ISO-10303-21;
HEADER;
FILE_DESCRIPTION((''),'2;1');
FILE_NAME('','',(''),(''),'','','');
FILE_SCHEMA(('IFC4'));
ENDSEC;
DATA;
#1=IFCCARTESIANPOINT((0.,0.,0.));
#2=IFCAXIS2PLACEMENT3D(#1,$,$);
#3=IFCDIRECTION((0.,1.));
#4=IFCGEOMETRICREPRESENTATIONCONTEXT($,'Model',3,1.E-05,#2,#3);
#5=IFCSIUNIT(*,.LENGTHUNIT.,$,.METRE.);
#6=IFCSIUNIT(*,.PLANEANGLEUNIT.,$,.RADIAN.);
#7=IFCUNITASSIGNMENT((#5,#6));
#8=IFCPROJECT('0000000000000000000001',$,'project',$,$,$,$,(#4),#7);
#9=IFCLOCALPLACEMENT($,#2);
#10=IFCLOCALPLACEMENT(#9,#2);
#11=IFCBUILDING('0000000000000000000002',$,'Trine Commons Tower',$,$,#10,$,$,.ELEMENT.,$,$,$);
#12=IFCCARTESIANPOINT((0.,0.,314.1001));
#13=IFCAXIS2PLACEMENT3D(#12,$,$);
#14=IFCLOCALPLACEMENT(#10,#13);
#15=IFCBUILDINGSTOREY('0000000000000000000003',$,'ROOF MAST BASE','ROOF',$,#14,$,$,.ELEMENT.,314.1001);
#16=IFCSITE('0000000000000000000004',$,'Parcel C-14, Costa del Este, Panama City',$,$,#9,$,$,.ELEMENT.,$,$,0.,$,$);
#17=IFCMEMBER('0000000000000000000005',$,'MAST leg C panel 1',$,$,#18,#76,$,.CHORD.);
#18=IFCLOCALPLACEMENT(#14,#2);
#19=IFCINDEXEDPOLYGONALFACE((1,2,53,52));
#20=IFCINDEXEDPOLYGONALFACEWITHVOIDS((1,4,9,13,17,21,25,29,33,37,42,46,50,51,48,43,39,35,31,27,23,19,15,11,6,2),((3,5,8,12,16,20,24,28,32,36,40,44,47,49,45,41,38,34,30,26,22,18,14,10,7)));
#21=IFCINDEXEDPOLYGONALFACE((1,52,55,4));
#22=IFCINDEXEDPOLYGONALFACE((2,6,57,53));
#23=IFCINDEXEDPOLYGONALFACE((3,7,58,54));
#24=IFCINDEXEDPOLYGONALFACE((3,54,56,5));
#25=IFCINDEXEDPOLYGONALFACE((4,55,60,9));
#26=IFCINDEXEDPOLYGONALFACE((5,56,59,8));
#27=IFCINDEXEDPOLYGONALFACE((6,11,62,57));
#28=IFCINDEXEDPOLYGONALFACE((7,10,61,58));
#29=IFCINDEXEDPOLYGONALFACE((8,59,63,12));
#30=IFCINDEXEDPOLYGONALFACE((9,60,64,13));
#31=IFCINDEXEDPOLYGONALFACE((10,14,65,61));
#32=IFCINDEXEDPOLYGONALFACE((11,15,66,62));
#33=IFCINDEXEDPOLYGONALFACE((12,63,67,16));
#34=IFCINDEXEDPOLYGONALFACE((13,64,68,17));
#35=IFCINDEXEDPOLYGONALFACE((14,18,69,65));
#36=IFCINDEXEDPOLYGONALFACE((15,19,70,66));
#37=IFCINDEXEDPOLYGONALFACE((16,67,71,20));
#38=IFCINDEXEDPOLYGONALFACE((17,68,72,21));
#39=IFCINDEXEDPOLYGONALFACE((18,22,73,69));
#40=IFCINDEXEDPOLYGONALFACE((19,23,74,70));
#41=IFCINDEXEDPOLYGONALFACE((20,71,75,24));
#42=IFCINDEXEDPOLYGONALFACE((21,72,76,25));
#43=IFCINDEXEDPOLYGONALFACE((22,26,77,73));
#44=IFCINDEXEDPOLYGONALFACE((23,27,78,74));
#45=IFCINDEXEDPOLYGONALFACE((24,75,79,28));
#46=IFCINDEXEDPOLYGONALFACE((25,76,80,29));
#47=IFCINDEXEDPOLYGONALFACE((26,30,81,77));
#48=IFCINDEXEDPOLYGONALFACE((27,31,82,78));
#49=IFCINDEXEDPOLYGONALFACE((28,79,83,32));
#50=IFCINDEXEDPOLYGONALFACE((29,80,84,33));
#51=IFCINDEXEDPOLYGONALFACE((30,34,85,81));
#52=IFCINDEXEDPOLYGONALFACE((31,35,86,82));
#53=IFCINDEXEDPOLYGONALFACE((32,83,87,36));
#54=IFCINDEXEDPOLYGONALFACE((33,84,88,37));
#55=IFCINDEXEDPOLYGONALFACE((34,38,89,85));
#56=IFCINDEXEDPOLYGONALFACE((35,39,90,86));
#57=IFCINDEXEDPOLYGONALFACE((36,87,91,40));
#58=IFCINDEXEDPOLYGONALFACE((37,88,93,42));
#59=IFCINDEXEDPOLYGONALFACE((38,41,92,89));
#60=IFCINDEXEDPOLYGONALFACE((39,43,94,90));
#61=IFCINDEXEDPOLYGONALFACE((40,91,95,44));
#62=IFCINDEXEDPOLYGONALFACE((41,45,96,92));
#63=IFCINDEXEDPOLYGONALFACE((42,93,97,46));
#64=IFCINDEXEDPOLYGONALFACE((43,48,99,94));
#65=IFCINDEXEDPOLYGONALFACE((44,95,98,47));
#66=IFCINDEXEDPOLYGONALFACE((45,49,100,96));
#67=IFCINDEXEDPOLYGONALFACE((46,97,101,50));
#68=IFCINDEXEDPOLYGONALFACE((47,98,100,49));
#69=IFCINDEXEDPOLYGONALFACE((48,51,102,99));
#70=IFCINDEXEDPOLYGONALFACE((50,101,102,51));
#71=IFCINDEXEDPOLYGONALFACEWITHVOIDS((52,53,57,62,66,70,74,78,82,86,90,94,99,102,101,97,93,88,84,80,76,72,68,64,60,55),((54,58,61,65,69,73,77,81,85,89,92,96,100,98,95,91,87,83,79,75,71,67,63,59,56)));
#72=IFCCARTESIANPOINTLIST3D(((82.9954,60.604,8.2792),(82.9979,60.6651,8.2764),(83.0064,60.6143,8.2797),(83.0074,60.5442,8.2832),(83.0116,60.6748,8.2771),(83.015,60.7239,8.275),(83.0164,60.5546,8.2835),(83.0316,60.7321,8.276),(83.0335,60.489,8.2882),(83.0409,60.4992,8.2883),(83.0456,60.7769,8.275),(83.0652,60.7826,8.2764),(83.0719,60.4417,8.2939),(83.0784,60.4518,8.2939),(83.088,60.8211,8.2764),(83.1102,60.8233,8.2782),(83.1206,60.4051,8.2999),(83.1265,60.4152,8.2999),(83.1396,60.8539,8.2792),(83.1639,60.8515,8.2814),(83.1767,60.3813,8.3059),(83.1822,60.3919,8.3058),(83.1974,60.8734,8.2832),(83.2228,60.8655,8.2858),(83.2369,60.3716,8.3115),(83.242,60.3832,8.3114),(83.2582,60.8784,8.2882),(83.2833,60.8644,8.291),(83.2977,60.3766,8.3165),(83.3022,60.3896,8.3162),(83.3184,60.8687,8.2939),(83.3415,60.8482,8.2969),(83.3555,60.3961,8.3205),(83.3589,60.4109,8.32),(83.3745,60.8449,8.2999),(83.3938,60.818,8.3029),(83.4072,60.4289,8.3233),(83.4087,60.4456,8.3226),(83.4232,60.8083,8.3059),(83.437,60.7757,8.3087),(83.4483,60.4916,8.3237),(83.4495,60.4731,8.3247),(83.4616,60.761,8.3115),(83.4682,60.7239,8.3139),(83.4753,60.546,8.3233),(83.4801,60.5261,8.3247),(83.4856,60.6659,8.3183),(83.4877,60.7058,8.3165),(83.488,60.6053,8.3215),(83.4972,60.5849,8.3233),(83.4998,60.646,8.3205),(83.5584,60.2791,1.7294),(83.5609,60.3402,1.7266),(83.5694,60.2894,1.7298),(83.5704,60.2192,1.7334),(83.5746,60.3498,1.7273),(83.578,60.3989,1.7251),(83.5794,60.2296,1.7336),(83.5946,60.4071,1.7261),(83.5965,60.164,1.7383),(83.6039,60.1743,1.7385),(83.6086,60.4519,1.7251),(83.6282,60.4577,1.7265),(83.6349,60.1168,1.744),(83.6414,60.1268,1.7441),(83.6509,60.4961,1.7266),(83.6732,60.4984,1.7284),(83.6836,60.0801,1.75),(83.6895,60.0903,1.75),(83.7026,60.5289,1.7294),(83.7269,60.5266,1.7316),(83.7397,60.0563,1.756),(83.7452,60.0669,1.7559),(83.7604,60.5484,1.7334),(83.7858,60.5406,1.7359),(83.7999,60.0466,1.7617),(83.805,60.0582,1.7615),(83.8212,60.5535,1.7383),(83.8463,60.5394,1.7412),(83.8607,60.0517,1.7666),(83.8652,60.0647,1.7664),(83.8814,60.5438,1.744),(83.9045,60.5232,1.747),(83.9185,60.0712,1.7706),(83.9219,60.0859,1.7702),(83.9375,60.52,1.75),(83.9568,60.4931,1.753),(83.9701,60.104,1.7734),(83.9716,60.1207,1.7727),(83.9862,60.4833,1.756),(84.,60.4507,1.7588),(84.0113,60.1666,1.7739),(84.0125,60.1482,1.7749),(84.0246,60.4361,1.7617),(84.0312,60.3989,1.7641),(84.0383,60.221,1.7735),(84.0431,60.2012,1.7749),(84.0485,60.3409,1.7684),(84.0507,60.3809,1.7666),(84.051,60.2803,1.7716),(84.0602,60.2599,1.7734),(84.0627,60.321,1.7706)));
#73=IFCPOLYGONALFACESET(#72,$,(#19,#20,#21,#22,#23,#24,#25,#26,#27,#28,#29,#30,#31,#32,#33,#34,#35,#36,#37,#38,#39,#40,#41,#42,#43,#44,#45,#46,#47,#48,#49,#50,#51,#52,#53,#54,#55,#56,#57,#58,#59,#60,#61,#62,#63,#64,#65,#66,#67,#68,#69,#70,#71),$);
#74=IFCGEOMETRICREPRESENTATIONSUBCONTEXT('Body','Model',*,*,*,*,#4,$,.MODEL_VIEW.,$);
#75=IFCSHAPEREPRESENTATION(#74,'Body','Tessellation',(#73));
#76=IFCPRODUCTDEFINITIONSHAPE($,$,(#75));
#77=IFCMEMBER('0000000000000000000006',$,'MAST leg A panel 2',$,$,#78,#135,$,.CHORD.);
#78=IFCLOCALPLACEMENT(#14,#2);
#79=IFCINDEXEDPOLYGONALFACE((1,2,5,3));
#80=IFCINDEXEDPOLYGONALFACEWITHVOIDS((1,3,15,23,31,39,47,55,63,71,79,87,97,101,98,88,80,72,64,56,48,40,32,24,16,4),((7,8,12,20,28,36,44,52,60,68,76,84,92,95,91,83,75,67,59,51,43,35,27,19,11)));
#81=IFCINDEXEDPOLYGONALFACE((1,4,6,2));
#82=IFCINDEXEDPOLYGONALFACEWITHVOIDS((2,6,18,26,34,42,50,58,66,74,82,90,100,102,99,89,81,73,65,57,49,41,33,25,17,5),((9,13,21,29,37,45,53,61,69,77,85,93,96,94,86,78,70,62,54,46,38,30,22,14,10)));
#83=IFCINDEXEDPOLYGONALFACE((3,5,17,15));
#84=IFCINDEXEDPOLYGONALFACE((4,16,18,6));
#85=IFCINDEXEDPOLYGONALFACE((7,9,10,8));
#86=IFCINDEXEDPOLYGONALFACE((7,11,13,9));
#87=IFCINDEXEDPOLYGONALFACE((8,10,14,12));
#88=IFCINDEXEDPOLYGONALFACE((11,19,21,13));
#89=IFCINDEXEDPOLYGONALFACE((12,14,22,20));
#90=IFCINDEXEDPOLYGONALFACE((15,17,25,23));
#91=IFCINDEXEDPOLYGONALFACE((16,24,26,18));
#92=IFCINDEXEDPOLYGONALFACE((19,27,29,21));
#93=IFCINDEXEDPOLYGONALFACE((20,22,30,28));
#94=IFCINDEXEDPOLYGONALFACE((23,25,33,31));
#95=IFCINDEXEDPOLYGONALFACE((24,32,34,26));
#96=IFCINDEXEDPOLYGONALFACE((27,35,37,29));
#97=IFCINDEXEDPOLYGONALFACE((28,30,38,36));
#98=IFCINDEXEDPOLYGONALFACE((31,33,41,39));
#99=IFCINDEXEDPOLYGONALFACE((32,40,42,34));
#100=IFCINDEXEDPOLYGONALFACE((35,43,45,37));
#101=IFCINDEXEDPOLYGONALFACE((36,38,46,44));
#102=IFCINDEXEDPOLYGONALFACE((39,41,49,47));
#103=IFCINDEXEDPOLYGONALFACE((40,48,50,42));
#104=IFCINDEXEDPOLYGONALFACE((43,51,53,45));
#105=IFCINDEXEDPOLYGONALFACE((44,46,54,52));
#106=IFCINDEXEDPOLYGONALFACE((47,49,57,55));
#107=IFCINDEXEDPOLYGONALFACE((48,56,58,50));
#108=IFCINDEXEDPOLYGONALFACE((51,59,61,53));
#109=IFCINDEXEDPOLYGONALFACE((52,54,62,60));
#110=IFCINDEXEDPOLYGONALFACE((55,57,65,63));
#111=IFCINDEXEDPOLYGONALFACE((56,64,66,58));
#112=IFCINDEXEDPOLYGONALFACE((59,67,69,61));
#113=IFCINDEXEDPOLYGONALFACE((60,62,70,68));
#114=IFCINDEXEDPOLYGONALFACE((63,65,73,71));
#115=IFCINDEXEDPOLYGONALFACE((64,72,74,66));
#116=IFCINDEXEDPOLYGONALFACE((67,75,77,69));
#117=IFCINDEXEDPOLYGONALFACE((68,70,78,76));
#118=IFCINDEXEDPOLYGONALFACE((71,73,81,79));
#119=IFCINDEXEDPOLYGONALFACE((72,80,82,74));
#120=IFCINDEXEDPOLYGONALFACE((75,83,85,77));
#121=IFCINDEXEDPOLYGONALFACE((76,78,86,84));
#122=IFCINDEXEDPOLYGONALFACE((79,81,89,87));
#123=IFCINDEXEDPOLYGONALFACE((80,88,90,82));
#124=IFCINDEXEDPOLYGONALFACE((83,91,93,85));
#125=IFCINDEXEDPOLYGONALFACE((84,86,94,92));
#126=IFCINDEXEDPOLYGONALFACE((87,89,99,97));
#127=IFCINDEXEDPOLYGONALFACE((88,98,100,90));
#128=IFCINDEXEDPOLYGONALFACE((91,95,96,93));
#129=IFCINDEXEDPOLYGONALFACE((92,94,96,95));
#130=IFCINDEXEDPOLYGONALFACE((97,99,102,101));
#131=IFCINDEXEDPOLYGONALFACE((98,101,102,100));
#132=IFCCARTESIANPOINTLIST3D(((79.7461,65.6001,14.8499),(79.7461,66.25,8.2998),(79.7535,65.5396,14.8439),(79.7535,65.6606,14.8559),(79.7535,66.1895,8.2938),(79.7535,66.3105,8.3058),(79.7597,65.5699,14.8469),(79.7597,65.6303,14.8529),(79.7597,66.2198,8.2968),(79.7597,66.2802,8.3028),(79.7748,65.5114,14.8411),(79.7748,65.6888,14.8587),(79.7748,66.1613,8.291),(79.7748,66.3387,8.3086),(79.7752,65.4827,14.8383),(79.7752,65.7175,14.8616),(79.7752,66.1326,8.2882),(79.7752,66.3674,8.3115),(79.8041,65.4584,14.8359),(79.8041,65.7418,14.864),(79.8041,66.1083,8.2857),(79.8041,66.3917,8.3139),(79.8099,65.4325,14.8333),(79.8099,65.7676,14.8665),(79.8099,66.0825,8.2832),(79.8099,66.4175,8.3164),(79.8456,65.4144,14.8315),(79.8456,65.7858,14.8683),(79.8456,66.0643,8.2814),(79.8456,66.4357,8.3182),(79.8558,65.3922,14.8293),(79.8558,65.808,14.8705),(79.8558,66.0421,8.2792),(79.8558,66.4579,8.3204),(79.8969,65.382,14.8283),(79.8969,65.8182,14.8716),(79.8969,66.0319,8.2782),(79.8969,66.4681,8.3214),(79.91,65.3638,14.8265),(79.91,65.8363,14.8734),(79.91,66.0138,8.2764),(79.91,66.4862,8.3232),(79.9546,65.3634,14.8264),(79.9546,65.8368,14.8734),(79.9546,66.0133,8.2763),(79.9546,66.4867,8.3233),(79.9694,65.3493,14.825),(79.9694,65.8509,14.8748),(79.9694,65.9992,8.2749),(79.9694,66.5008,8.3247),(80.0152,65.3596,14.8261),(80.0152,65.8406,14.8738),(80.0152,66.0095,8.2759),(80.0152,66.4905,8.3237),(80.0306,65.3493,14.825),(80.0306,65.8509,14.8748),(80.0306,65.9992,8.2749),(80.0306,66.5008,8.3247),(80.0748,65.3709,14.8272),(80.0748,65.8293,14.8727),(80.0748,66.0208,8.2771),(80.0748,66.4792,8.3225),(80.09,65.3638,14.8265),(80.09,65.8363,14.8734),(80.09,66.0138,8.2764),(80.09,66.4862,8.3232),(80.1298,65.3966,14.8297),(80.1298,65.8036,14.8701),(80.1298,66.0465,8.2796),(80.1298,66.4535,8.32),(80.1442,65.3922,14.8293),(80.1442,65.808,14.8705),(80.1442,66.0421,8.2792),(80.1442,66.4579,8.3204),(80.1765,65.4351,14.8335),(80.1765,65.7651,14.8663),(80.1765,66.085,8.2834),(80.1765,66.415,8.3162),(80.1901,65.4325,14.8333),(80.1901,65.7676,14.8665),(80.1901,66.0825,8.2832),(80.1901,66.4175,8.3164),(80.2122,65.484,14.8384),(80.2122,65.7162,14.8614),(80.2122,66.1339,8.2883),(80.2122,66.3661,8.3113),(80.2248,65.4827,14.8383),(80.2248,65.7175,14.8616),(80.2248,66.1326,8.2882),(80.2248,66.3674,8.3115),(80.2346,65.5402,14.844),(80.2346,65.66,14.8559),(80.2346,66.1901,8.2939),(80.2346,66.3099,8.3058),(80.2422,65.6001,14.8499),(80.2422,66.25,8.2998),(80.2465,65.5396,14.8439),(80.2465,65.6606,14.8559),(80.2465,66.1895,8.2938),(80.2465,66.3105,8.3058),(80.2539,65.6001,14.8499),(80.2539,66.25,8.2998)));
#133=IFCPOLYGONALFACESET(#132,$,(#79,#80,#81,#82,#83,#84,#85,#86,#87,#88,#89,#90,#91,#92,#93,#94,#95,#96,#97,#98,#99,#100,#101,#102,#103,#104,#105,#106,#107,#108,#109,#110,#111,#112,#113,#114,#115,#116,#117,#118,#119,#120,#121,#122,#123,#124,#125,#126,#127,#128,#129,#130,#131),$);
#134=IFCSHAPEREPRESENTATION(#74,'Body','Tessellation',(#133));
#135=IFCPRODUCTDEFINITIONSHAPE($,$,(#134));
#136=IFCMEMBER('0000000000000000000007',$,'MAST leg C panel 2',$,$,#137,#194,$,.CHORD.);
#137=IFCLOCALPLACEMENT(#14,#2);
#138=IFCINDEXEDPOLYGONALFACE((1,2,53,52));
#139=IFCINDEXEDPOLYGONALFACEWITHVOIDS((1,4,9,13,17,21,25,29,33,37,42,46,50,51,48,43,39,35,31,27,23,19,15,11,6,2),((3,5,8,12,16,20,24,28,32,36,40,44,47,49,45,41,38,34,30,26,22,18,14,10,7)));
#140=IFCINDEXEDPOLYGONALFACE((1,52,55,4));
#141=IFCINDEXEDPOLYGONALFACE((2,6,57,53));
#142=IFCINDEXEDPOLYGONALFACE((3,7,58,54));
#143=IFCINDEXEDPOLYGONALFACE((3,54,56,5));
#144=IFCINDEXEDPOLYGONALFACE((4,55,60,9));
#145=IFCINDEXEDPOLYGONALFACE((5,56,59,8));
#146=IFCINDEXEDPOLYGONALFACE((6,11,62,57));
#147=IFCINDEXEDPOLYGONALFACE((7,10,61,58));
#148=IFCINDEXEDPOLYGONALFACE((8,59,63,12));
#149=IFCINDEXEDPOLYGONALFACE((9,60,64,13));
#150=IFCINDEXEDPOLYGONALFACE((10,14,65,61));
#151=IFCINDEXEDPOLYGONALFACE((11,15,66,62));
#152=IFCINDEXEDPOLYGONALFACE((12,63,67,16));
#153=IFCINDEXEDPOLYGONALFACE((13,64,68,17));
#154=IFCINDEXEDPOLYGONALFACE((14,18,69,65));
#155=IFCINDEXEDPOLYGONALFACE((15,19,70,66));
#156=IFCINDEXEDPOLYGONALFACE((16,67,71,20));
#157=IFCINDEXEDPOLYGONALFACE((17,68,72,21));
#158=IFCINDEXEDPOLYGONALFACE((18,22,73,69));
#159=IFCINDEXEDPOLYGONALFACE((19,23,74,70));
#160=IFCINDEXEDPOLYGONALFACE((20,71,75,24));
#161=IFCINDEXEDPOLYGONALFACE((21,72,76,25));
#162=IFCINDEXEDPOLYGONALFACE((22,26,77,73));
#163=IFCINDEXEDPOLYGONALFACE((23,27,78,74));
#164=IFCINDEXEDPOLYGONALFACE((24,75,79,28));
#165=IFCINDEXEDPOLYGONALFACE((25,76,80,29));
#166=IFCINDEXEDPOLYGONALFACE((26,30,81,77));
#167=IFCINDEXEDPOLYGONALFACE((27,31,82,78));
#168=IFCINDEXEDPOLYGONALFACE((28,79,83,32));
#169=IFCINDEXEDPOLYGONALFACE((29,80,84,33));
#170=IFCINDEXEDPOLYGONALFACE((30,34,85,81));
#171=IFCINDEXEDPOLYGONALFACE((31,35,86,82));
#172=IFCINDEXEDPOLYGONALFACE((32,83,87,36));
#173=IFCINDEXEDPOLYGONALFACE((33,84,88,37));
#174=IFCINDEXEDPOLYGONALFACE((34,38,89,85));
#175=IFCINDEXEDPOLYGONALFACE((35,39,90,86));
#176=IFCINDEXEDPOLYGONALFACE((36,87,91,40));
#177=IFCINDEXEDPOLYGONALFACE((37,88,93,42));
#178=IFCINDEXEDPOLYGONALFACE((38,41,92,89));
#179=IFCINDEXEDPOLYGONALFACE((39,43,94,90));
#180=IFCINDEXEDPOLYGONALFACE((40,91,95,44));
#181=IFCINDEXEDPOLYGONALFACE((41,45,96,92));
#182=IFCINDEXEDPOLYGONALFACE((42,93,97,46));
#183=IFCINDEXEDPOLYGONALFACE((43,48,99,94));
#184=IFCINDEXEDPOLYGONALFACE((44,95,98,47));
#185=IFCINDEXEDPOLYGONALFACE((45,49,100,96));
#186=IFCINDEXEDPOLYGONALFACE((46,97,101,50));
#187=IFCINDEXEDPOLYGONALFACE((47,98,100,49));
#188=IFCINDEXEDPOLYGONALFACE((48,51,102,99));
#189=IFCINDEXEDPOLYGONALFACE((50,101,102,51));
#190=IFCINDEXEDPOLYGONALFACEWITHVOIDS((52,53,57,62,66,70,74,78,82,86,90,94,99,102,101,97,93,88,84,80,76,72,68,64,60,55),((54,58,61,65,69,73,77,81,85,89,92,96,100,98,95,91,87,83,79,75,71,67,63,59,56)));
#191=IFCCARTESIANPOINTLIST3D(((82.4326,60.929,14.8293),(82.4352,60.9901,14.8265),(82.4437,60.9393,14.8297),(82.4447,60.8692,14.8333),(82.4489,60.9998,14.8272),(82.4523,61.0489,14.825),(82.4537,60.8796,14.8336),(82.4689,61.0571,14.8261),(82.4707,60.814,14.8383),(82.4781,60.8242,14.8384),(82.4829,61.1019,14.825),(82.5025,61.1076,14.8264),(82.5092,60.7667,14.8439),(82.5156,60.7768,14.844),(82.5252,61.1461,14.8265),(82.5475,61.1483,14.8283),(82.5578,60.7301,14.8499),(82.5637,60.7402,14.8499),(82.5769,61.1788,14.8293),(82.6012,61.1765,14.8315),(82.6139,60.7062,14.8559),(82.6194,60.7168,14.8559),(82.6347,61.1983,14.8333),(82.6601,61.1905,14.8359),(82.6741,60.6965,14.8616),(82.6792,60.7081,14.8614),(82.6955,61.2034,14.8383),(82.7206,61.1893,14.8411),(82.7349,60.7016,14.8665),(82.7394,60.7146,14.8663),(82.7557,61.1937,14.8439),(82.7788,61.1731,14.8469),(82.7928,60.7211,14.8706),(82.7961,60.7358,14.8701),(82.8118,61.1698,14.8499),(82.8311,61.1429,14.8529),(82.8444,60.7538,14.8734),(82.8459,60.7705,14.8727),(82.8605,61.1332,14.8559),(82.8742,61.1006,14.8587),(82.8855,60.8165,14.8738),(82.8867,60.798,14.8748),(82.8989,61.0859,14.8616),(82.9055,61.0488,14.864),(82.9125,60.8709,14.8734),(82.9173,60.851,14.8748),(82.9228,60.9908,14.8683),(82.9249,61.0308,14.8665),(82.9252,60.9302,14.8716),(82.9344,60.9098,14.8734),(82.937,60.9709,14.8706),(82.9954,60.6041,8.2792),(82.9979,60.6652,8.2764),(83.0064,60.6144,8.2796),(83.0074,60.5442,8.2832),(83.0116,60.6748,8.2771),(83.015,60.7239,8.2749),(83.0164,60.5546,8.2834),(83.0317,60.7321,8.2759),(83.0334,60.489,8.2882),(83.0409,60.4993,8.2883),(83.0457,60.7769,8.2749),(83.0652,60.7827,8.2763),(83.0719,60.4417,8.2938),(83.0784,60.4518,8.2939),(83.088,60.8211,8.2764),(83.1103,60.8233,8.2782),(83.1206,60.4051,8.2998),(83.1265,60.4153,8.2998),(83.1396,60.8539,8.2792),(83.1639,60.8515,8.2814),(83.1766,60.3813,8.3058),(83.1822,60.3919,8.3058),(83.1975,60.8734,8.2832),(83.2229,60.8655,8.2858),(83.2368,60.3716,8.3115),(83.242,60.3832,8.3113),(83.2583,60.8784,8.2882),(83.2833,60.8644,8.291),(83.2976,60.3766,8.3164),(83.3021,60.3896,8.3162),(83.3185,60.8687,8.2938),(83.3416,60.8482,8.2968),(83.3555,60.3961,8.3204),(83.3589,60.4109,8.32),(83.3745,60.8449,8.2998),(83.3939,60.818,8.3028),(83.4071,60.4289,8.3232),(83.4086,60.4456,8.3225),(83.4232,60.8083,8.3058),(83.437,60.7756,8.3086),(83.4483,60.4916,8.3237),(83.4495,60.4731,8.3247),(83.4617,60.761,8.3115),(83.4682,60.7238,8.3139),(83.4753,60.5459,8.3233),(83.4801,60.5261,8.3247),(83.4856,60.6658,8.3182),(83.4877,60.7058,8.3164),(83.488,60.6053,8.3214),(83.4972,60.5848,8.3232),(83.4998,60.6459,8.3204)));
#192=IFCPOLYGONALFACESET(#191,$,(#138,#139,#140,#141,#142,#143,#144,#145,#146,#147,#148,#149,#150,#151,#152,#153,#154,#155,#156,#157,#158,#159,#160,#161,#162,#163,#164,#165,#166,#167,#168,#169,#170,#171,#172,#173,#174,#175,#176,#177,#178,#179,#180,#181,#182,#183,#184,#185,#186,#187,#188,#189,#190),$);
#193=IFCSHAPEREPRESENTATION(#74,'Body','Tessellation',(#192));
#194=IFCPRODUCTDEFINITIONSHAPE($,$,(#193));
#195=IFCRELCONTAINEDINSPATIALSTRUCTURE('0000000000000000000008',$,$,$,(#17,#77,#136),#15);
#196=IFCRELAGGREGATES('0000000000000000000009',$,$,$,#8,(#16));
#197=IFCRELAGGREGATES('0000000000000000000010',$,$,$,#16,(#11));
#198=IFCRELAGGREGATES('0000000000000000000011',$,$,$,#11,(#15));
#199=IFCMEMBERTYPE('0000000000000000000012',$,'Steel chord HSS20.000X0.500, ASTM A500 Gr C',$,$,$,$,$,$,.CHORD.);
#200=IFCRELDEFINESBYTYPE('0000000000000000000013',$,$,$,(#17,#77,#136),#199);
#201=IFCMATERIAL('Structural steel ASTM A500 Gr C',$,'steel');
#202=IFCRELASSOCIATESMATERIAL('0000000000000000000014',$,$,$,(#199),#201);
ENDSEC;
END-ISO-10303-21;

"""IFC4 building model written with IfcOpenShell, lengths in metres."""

from ifc_helpers import new_model, si_unit, direction, frame, origin, origin_2d, place, context, subcontext, project, spatial, hollow_circle, extrude, material, material_profile, profile_set, type_object, element, save


model = new_model("IFC4")

# Units and contexts
model_context = context("Model", 3, precision=1e-05, world=origin(), true_north=direction((0.0, 1.0)))
body_context = subcontext(model_context, "Body", "Model", "MODEL_VIEW")
ifc_project = project(units=[si_unit("LENGTHUNIT", "METRE"), si_unit("PLANEANGLEUNIT", "RADIAN")], contexts=[model_context])

# Site, building, storey
site_placement = place(None, origin())
site = spatial("IfcSite", under=ifc_project, at=site_placement, Name="Parcel C-14, Costa del Este, Panama City", CompositionType="ELEMENT", RefElevation=0.0)
building_placement = place(site_placement, origin())
building = spatial("IfcBuilding", under=site, at=building_placement, Name="Trine Commons Tower", CompositionType="ELEMENT")
storey_placement = place(building_placement, frame((0.0, 0.0, 314.1001)))
storey = spatial("IfcBuildingStorey", under=building, at=storey_placement, Name="ROOF MAST BASE", Description="ROOF", CompositionType="ELEMENT", Elevation=314.1001)

# Members
ifc_material_1 = material(Name="Structural steel ASTM A500 Gr C", Category="steel")
ifc_material_profile_1 = material_profile(ifc_material_1, hollow_circle(Radius=0.2539, WallThickness=0.0117, at=origin_2d()), Name="HSS20.000X0.500")
ifc_profile_set_1 = profile_set([ifc_material_profile_1], Name="Structural steel ASTM A500 Gr C")
member_type_1 = type_object("IfcMemberType", Name="Steel chord HSS20.000X0.500, ASTM A500 Gr C", PredefinedType="CHORD", material=ifc_profile_set_1)
for number, where, z_axis, x_axis, name in (
    (1, (83.8105, 60.3, 1.75), (-0.085535, 0.04937, 0.995111), (-0.499896, -0.866086, 0.0), "MAST leg C panel 1"),
):
    element("IfcMember", number, at=place(storey_placement, frame(where, z_axis=z_axis, x_axis=x_axis)), inside=storey, type_object=member_type_1, Name=name, PredefinedType="CHORD", context=body_context, shape_type="SweptSolid", body=[
        extrude(hollow_circle(Radius=0.2539, WallThickness=0.0117, at=origin_2d()), origin(), (0.0, 0.0, 1.0), 6.582),
    ])
for number, where, z_axis, x_axis, name in (
    (2, (80.0, 66.25, 8.2998), (0.0, -0.098736, 0.995114), (1.0, 0.0, 0.0), "MAST leg A panel 2"),
    (3, (83.2476, 60.625, 8.2998), (-0.085495, 0.049368, 0.995115), (-0.500059, -0.865992, 0.0), "MAST leg C panel 2"),
):
    element("IfcMember", number, at=place(storey_placement, frame(where, z_axis=z_axis, x_axis=x_axis)), inside=storey, type_object=member_type_1, Name=name, PredefinedType="CHORD", context=body_context, shape_type="SweptSolid", body=[
        extrude(hollow_circle(Radius=0.2539, WallThickness=0.0117, at=origin_2d()), origin(), (0.0, 0.0, 1.0), 6.5823),
    ])

save(model, "model.ifc")
